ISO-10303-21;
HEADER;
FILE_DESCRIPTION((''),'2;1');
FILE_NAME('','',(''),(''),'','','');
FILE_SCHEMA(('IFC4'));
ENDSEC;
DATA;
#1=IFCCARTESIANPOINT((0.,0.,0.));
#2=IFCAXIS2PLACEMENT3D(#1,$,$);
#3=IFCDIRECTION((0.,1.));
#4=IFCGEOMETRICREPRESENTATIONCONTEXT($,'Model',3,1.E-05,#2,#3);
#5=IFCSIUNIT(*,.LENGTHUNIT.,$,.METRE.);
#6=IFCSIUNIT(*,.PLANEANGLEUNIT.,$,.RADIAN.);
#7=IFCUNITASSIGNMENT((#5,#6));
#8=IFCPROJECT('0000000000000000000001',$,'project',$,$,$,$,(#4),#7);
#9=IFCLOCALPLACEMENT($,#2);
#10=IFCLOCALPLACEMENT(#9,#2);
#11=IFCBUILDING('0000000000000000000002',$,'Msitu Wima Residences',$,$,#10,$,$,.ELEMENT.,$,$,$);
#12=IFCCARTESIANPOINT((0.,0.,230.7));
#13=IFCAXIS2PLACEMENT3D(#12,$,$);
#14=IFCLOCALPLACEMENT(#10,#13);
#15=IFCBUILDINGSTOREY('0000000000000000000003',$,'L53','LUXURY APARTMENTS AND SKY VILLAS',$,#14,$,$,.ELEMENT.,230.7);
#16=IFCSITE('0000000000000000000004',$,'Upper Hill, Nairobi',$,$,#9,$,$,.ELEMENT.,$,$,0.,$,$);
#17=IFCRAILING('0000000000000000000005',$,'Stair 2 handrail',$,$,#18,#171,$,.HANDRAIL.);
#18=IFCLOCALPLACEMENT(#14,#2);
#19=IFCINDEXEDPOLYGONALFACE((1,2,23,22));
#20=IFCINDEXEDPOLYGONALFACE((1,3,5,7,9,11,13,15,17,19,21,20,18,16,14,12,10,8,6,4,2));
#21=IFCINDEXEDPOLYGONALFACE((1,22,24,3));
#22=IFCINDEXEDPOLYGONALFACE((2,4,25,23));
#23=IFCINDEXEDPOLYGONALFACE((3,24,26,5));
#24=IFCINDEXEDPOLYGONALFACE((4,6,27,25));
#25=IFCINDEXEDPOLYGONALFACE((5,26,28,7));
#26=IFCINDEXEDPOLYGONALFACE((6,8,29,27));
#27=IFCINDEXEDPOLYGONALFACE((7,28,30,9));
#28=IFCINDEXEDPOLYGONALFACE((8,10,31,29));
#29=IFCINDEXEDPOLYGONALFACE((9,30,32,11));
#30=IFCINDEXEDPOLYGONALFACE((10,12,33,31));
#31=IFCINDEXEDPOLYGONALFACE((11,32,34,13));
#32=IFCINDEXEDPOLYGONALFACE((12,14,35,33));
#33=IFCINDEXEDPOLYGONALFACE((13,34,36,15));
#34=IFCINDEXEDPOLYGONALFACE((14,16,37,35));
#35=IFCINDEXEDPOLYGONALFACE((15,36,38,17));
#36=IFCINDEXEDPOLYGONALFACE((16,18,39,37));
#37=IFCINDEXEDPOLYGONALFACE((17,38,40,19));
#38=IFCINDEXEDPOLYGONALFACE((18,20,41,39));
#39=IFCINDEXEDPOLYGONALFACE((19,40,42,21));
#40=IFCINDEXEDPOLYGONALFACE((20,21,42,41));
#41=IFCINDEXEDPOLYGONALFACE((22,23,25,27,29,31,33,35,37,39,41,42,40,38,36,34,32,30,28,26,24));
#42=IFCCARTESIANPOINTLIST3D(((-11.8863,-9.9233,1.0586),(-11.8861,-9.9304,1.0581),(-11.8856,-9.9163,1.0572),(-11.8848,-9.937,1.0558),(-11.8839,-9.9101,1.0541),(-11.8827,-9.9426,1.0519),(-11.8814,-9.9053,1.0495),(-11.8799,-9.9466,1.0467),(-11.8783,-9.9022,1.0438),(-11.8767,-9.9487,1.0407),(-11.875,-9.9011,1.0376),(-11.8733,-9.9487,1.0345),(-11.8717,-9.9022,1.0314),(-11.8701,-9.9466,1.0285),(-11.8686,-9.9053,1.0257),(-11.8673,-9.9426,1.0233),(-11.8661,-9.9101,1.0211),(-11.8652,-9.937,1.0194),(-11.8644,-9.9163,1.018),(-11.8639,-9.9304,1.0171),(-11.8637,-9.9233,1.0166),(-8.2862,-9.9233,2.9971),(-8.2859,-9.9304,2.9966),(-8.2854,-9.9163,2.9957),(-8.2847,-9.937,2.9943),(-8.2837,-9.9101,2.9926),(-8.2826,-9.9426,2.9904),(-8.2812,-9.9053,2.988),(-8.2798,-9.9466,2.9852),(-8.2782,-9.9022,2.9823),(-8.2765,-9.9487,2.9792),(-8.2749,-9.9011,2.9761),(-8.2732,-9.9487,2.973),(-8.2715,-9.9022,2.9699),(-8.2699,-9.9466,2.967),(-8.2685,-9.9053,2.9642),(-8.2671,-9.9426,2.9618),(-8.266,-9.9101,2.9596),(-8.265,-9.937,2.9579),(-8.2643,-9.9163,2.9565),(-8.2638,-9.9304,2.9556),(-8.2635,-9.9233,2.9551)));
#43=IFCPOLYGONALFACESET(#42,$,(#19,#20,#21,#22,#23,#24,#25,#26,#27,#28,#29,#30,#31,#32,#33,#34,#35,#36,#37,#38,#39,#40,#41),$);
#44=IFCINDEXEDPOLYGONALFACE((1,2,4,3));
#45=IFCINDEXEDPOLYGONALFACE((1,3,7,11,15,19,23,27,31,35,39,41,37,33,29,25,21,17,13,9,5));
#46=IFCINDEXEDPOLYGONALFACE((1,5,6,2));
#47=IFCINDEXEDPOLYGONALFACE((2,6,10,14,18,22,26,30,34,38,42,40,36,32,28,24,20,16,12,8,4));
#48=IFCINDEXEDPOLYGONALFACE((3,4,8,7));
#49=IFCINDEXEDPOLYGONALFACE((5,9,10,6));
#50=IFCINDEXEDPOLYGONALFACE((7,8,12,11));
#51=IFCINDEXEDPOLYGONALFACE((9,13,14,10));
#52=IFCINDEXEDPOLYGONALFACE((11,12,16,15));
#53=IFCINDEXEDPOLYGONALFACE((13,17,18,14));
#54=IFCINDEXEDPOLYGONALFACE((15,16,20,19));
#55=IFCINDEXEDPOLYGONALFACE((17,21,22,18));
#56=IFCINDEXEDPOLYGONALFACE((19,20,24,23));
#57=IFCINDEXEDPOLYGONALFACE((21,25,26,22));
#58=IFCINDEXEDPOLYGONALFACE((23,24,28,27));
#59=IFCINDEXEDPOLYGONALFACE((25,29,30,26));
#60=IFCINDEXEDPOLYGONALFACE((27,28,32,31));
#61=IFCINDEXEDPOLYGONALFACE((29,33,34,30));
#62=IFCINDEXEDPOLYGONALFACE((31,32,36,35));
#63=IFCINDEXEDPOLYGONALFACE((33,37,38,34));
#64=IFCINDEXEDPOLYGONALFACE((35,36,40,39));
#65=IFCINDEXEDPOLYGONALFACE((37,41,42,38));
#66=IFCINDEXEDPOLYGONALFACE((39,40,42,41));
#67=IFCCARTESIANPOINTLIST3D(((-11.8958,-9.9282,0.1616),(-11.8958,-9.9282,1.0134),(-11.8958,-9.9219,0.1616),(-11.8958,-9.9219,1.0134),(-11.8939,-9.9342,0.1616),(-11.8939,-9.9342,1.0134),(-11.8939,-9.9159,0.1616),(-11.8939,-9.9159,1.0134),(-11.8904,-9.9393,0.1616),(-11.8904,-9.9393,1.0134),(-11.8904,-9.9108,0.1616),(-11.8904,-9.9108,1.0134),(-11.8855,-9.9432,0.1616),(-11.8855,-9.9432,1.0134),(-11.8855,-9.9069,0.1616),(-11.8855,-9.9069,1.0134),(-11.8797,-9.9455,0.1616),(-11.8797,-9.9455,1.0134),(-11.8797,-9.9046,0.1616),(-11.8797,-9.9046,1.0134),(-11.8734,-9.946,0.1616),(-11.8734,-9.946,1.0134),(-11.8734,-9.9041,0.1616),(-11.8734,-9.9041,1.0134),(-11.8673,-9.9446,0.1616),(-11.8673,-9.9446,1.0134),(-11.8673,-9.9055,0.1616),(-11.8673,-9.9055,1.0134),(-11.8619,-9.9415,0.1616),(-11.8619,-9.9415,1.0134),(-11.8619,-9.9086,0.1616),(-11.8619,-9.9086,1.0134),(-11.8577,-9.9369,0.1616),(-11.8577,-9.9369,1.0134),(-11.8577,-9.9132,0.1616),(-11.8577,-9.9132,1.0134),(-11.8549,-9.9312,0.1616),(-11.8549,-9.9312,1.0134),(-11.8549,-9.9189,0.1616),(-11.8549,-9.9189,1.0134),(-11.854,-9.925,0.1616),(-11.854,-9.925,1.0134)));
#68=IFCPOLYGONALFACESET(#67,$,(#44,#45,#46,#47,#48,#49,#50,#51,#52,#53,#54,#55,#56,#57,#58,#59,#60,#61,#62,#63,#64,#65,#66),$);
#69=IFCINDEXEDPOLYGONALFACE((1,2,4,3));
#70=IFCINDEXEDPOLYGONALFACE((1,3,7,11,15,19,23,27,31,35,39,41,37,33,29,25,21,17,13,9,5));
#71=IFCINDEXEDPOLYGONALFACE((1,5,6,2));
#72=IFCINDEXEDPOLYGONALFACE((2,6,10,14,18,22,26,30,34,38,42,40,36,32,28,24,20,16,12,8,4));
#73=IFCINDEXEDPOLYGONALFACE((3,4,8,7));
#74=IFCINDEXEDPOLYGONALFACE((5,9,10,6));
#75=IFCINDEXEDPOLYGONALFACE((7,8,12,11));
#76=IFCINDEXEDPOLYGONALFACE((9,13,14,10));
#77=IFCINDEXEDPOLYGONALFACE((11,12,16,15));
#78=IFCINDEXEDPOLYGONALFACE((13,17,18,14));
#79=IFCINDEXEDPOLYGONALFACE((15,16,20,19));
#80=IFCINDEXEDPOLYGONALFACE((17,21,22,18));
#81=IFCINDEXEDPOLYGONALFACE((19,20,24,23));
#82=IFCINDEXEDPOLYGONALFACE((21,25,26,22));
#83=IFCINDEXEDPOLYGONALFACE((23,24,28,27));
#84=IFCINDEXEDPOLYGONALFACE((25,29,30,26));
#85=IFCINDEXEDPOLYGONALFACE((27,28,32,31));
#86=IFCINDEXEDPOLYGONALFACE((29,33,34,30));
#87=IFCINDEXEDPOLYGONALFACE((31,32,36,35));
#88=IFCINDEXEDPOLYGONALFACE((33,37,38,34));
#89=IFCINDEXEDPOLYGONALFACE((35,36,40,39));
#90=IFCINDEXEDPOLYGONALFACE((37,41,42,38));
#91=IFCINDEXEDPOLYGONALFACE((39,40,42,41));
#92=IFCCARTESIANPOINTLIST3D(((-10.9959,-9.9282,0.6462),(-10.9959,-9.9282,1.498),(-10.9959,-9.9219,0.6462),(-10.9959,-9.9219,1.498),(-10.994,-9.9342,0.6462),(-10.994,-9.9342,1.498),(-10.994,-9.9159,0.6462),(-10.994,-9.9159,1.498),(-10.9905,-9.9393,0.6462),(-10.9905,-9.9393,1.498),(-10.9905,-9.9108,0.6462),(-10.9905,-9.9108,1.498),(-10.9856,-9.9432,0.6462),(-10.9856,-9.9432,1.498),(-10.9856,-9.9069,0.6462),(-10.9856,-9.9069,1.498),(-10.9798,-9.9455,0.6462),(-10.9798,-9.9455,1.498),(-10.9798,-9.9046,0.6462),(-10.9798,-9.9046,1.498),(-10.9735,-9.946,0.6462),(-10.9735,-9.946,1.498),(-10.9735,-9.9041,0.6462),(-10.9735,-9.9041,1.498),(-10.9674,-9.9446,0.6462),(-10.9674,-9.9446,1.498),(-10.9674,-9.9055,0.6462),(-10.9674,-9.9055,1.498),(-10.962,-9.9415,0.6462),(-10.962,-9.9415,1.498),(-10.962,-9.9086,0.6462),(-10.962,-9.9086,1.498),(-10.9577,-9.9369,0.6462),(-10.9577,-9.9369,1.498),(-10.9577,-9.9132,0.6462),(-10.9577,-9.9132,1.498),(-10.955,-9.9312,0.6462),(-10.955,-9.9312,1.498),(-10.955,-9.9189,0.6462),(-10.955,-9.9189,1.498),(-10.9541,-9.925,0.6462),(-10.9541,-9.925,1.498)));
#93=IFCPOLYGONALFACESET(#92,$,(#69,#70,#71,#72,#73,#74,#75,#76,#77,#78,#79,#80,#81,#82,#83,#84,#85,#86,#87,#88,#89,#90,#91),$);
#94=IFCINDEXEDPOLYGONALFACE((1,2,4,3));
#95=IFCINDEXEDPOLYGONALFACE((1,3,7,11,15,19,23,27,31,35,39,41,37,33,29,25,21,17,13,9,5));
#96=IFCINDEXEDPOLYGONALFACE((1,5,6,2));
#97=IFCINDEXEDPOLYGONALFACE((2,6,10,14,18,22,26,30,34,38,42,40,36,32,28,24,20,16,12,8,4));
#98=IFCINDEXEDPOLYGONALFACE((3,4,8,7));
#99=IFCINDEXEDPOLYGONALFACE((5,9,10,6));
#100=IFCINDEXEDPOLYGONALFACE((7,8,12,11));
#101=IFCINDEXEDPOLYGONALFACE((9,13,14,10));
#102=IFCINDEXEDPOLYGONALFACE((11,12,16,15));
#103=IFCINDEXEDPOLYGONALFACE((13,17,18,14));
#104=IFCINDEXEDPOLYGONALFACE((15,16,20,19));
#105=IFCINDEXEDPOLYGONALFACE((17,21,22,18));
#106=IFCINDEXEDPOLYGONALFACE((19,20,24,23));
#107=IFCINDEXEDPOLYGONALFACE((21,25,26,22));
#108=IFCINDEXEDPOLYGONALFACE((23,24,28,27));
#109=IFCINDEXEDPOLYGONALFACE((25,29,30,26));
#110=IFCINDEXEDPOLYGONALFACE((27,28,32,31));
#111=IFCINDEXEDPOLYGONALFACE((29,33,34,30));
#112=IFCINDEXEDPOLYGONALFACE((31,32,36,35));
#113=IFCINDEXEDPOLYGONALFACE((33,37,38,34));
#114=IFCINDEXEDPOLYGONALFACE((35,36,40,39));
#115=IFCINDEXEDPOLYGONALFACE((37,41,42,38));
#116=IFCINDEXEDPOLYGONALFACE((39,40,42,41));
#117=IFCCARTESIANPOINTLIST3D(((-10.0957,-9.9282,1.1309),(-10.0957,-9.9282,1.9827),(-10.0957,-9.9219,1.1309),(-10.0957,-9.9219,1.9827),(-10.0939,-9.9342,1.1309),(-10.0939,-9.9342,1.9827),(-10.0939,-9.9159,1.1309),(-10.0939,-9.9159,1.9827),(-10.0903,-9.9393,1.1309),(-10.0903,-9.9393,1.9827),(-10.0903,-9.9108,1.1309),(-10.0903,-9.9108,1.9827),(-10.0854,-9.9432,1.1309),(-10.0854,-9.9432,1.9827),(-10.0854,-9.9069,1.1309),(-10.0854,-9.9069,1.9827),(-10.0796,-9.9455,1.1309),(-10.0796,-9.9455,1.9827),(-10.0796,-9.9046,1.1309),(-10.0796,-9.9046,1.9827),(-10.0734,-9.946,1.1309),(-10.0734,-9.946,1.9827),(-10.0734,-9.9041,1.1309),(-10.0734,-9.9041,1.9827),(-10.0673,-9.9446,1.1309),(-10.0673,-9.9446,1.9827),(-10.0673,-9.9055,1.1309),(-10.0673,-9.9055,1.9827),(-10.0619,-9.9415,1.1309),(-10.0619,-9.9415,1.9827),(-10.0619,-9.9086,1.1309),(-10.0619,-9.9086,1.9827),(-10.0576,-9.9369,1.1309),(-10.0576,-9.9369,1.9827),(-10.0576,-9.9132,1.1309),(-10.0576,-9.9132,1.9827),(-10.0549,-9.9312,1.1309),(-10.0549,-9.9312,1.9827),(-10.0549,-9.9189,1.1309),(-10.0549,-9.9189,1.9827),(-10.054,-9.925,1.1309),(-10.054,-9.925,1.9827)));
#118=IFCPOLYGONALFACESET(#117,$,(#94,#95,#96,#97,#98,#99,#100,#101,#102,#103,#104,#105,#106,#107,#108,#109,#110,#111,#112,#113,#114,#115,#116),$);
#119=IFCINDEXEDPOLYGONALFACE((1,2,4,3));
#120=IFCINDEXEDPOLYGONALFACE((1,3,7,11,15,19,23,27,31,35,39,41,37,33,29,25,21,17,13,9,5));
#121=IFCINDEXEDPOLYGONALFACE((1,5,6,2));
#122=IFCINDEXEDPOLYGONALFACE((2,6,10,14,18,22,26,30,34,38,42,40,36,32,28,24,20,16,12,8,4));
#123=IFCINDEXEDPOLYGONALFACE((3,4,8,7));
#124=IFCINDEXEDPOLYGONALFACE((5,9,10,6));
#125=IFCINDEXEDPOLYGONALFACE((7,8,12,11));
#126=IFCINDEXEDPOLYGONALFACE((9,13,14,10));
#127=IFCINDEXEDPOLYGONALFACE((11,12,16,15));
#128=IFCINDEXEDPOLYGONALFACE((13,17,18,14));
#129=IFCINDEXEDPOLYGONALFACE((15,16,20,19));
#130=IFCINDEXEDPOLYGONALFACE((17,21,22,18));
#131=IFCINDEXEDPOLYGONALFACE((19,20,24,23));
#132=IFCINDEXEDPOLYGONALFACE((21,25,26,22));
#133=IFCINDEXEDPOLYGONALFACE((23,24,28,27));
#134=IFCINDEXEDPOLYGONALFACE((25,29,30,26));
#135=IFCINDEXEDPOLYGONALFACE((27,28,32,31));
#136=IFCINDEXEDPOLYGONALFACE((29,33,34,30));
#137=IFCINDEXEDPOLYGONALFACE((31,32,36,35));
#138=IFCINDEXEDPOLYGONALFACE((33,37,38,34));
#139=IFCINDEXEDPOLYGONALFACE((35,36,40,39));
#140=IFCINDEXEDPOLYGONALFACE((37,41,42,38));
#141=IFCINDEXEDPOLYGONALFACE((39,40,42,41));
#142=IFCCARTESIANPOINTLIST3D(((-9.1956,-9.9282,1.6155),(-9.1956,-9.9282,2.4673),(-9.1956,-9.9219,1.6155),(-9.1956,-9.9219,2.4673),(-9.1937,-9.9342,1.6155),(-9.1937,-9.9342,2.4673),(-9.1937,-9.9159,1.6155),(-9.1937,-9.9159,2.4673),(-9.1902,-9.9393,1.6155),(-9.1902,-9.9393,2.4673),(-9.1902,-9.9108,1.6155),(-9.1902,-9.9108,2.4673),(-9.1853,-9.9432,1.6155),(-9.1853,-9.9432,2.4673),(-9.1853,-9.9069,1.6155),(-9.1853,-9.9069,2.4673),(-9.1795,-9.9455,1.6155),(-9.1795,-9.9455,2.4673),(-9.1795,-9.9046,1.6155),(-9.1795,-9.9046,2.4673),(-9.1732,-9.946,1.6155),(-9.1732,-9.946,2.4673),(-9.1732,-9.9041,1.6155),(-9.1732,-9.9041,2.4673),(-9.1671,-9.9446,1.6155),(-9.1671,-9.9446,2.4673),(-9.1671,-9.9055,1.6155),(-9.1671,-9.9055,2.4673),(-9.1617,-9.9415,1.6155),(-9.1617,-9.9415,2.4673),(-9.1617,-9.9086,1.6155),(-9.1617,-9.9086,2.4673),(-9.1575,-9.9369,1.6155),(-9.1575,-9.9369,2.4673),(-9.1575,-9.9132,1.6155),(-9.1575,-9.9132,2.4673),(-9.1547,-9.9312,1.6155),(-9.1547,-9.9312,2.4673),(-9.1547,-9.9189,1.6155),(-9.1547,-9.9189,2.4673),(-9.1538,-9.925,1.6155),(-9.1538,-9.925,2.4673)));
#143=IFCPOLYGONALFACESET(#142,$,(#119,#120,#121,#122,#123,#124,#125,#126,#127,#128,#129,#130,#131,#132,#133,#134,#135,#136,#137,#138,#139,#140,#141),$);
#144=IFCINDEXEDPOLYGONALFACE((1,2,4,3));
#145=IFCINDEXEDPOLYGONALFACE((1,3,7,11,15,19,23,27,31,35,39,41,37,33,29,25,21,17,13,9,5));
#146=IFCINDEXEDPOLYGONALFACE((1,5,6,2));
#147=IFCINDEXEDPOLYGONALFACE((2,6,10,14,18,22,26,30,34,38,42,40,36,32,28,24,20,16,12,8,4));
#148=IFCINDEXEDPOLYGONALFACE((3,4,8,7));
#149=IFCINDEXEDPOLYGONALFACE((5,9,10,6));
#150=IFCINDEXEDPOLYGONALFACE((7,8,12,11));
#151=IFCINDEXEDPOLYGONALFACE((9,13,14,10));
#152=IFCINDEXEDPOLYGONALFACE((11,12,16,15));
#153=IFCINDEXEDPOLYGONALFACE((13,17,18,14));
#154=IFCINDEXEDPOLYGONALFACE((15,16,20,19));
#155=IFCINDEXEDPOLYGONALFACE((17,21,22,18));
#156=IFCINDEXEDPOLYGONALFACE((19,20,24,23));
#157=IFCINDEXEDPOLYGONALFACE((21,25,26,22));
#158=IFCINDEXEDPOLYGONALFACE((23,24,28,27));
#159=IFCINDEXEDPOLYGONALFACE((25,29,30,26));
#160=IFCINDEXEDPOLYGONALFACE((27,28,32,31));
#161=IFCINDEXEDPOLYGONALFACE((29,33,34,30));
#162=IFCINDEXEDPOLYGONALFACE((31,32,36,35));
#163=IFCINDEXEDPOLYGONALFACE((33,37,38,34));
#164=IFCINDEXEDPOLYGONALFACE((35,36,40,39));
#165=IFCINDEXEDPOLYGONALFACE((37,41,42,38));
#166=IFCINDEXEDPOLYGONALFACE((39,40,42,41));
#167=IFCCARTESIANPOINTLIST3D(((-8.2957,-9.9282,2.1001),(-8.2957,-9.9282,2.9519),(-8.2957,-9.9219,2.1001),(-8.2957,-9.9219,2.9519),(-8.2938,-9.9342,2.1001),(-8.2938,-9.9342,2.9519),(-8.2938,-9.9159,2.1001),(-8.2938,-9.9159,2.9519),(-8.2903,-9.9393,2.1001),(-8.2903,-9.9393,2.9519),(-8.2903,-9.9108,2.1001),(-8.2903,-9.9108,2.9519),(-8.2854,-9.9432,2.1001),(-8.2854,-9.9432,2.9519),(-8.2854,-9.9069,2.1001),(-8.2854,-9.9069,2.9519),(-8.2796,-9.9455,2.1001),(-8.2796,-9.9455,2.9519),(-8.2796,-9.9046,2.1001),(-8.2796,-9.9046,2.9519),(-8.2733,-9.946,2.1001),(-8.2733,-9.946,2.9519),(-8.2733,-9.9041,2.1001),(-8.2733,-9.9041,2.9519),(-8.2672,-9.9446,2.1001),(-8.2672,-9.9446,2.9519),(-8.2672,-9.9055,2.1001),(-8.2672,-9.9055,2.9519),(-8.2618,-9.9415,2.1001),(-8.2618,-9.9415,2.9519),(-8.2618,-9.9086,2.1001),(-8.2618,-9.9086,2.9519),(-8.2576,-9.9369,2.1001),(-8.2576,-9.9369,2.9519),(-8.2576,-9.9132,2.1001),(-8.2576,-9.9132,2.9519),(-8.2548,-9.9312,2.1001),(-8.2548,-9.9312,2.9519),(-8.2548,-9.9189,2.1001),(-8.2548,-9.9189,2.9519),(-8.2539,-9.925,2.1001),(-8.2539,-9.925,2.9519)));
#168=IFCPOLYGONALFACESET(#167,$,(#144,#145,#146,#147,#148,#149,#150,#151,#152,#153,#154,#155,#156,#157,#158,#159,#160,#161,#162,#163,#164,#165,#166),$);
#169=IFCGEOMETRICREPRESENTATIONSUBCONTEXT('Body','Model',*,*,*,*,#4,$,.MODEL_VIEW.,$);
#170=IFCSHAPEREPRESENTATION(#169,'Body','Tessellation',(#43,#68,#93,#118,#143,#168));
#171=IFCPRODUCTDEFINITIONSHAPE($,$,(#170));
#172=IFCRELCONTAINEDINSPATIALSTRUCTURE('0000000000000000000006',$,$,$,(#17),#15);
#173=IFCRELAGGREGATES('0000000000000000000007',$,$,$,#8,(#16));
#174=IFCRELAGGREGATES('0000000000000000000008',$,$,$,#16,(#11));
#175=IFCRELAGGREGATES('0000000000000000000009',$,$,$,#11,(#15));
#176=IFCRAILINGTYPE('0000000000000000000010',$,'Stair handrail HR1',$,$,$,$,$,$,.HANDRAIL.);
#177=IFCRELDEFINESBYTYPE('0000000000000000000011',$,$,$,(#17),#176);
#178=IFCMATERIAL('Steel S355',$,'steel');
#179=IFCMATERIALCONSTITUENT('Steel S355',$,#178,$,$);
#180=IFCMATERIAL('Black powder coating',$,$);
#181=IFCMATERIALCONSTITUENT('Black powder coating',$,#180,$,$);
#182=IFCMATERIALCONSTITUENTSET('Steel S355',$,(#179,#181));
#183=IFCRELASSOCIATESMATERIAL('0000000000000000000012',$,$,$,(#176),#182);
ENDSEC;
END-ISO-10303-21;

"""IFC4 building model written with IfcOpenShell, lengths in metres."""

from ifc_helpers import new_model, si_unit, direction, frame, origin, origin_2d, place, context, subcontext, project, spatial, circle, extrude, material, constituent, constituent_set, type_object, element, save


model = new_model("IFC4")

# Units and contexts
model_context = context("Model", 3, precision=1e-05, world=origin(), true_north=direction((0.0, 1.0)))
body_context = subcontext(model_context, "Body", "Model", "MODEL_VIEW")
ifc_project = project(units=[si_unit("LENGTHUNIT", "METRE"), si_unit("PLANEANGLEUNIT", "RADIAN")], contexts=[model_context])

# Site, building, storey
site_placement = place(None, origin())
site = spatial("IfcSite", under=ifc_project, at=site_placement, Name="Upper Hill, Nairobi", CompositionType="ELEMENT", RefElevation=0.0)
building_placement = place(site_placement, origin())
building = spatial("IfcBuilding", under=site, at=building_placement, Name="Msitu Wima Residences", CompositionType="ELEMENT")
storey_placement = place(building_placement, frame((0.0, 0.0, 230.7)))
storey = spatial("IfcBuildingStorey", under=building, at=storey_placement, Name="L53", Description="LUXURY APARTMENTS AND SKY VILLAS", CompositionType="ELEMENT", Elevation=230.7)

# Railing
ifc_material_1 = material(Name="Steel S355", Category="steel")
ifc_constituent_1 = constituent(ifc_material_1, Name="Steel S355")
ifc_material_2 = material(Name="Black powder coating")
ifc_constituent_2 = constituent(ifc_material_2, Name="Black powder coating")
ifc_constituent_set = constituent_set(constituents=[ifc_constituent_1, ifc_constituent_2], Name="Steel S355")
railing_type = type_object("IfcRailingType", Name="Stair handrail HR1", PredefinedType="HANDRAIL", material=ifc_constituent_set)
for number, where, name in (
    (1, (-11.875, -9.925, 0.1616), "Stair 2 handrail"),
):
    element("IfcRailing", number, at=place(storey_placement, frame(where)), inside=storey, type_object=railing_type, Name=name, PredefinedType="HANDRAIL", context=body_context, shape_type="SweptSolid", body=[
        extrude(circle(Radius=0.0239, at=origin_2d()), frame((0.0, 0.0, 0.876), z_axis=(0.880475, 0.0, 0.474093), x_axis=(0.0, 1.0, 0.0)), (0.0, 0.0, 1.0), 4.0889),
        extrude(circle(Radius=0.021, at=origin_2d()), origin(), (0.0, 0.0, 1.0), 0.8518),
        extrude(circle(Radius=0.021, at=origin_2d()), frame((0.8999, 0.0, 0.4846)), (0.0, 0.0, 1.0), 0.8518),
        extrude(circle(Radius=0.021, at=origin_2d()), frame((1.8, 0.0, 0.9692)), (0.0, 0.0, 1.0), 0.8518),
        extrude(circle(Radius=0.021, at=origin_2d()), frame((2.7002, 0.0, 1.4539)), (0.0, 0.0, 1.0), 0.8518),
        extrude(circle(Radius=0.021, at=origin_2d()), frame((3.6001, 0.0, 1.9385)), (0.0, 0.0, 1.0), 0.8518),
    ])

save(model, "model.ifc")
